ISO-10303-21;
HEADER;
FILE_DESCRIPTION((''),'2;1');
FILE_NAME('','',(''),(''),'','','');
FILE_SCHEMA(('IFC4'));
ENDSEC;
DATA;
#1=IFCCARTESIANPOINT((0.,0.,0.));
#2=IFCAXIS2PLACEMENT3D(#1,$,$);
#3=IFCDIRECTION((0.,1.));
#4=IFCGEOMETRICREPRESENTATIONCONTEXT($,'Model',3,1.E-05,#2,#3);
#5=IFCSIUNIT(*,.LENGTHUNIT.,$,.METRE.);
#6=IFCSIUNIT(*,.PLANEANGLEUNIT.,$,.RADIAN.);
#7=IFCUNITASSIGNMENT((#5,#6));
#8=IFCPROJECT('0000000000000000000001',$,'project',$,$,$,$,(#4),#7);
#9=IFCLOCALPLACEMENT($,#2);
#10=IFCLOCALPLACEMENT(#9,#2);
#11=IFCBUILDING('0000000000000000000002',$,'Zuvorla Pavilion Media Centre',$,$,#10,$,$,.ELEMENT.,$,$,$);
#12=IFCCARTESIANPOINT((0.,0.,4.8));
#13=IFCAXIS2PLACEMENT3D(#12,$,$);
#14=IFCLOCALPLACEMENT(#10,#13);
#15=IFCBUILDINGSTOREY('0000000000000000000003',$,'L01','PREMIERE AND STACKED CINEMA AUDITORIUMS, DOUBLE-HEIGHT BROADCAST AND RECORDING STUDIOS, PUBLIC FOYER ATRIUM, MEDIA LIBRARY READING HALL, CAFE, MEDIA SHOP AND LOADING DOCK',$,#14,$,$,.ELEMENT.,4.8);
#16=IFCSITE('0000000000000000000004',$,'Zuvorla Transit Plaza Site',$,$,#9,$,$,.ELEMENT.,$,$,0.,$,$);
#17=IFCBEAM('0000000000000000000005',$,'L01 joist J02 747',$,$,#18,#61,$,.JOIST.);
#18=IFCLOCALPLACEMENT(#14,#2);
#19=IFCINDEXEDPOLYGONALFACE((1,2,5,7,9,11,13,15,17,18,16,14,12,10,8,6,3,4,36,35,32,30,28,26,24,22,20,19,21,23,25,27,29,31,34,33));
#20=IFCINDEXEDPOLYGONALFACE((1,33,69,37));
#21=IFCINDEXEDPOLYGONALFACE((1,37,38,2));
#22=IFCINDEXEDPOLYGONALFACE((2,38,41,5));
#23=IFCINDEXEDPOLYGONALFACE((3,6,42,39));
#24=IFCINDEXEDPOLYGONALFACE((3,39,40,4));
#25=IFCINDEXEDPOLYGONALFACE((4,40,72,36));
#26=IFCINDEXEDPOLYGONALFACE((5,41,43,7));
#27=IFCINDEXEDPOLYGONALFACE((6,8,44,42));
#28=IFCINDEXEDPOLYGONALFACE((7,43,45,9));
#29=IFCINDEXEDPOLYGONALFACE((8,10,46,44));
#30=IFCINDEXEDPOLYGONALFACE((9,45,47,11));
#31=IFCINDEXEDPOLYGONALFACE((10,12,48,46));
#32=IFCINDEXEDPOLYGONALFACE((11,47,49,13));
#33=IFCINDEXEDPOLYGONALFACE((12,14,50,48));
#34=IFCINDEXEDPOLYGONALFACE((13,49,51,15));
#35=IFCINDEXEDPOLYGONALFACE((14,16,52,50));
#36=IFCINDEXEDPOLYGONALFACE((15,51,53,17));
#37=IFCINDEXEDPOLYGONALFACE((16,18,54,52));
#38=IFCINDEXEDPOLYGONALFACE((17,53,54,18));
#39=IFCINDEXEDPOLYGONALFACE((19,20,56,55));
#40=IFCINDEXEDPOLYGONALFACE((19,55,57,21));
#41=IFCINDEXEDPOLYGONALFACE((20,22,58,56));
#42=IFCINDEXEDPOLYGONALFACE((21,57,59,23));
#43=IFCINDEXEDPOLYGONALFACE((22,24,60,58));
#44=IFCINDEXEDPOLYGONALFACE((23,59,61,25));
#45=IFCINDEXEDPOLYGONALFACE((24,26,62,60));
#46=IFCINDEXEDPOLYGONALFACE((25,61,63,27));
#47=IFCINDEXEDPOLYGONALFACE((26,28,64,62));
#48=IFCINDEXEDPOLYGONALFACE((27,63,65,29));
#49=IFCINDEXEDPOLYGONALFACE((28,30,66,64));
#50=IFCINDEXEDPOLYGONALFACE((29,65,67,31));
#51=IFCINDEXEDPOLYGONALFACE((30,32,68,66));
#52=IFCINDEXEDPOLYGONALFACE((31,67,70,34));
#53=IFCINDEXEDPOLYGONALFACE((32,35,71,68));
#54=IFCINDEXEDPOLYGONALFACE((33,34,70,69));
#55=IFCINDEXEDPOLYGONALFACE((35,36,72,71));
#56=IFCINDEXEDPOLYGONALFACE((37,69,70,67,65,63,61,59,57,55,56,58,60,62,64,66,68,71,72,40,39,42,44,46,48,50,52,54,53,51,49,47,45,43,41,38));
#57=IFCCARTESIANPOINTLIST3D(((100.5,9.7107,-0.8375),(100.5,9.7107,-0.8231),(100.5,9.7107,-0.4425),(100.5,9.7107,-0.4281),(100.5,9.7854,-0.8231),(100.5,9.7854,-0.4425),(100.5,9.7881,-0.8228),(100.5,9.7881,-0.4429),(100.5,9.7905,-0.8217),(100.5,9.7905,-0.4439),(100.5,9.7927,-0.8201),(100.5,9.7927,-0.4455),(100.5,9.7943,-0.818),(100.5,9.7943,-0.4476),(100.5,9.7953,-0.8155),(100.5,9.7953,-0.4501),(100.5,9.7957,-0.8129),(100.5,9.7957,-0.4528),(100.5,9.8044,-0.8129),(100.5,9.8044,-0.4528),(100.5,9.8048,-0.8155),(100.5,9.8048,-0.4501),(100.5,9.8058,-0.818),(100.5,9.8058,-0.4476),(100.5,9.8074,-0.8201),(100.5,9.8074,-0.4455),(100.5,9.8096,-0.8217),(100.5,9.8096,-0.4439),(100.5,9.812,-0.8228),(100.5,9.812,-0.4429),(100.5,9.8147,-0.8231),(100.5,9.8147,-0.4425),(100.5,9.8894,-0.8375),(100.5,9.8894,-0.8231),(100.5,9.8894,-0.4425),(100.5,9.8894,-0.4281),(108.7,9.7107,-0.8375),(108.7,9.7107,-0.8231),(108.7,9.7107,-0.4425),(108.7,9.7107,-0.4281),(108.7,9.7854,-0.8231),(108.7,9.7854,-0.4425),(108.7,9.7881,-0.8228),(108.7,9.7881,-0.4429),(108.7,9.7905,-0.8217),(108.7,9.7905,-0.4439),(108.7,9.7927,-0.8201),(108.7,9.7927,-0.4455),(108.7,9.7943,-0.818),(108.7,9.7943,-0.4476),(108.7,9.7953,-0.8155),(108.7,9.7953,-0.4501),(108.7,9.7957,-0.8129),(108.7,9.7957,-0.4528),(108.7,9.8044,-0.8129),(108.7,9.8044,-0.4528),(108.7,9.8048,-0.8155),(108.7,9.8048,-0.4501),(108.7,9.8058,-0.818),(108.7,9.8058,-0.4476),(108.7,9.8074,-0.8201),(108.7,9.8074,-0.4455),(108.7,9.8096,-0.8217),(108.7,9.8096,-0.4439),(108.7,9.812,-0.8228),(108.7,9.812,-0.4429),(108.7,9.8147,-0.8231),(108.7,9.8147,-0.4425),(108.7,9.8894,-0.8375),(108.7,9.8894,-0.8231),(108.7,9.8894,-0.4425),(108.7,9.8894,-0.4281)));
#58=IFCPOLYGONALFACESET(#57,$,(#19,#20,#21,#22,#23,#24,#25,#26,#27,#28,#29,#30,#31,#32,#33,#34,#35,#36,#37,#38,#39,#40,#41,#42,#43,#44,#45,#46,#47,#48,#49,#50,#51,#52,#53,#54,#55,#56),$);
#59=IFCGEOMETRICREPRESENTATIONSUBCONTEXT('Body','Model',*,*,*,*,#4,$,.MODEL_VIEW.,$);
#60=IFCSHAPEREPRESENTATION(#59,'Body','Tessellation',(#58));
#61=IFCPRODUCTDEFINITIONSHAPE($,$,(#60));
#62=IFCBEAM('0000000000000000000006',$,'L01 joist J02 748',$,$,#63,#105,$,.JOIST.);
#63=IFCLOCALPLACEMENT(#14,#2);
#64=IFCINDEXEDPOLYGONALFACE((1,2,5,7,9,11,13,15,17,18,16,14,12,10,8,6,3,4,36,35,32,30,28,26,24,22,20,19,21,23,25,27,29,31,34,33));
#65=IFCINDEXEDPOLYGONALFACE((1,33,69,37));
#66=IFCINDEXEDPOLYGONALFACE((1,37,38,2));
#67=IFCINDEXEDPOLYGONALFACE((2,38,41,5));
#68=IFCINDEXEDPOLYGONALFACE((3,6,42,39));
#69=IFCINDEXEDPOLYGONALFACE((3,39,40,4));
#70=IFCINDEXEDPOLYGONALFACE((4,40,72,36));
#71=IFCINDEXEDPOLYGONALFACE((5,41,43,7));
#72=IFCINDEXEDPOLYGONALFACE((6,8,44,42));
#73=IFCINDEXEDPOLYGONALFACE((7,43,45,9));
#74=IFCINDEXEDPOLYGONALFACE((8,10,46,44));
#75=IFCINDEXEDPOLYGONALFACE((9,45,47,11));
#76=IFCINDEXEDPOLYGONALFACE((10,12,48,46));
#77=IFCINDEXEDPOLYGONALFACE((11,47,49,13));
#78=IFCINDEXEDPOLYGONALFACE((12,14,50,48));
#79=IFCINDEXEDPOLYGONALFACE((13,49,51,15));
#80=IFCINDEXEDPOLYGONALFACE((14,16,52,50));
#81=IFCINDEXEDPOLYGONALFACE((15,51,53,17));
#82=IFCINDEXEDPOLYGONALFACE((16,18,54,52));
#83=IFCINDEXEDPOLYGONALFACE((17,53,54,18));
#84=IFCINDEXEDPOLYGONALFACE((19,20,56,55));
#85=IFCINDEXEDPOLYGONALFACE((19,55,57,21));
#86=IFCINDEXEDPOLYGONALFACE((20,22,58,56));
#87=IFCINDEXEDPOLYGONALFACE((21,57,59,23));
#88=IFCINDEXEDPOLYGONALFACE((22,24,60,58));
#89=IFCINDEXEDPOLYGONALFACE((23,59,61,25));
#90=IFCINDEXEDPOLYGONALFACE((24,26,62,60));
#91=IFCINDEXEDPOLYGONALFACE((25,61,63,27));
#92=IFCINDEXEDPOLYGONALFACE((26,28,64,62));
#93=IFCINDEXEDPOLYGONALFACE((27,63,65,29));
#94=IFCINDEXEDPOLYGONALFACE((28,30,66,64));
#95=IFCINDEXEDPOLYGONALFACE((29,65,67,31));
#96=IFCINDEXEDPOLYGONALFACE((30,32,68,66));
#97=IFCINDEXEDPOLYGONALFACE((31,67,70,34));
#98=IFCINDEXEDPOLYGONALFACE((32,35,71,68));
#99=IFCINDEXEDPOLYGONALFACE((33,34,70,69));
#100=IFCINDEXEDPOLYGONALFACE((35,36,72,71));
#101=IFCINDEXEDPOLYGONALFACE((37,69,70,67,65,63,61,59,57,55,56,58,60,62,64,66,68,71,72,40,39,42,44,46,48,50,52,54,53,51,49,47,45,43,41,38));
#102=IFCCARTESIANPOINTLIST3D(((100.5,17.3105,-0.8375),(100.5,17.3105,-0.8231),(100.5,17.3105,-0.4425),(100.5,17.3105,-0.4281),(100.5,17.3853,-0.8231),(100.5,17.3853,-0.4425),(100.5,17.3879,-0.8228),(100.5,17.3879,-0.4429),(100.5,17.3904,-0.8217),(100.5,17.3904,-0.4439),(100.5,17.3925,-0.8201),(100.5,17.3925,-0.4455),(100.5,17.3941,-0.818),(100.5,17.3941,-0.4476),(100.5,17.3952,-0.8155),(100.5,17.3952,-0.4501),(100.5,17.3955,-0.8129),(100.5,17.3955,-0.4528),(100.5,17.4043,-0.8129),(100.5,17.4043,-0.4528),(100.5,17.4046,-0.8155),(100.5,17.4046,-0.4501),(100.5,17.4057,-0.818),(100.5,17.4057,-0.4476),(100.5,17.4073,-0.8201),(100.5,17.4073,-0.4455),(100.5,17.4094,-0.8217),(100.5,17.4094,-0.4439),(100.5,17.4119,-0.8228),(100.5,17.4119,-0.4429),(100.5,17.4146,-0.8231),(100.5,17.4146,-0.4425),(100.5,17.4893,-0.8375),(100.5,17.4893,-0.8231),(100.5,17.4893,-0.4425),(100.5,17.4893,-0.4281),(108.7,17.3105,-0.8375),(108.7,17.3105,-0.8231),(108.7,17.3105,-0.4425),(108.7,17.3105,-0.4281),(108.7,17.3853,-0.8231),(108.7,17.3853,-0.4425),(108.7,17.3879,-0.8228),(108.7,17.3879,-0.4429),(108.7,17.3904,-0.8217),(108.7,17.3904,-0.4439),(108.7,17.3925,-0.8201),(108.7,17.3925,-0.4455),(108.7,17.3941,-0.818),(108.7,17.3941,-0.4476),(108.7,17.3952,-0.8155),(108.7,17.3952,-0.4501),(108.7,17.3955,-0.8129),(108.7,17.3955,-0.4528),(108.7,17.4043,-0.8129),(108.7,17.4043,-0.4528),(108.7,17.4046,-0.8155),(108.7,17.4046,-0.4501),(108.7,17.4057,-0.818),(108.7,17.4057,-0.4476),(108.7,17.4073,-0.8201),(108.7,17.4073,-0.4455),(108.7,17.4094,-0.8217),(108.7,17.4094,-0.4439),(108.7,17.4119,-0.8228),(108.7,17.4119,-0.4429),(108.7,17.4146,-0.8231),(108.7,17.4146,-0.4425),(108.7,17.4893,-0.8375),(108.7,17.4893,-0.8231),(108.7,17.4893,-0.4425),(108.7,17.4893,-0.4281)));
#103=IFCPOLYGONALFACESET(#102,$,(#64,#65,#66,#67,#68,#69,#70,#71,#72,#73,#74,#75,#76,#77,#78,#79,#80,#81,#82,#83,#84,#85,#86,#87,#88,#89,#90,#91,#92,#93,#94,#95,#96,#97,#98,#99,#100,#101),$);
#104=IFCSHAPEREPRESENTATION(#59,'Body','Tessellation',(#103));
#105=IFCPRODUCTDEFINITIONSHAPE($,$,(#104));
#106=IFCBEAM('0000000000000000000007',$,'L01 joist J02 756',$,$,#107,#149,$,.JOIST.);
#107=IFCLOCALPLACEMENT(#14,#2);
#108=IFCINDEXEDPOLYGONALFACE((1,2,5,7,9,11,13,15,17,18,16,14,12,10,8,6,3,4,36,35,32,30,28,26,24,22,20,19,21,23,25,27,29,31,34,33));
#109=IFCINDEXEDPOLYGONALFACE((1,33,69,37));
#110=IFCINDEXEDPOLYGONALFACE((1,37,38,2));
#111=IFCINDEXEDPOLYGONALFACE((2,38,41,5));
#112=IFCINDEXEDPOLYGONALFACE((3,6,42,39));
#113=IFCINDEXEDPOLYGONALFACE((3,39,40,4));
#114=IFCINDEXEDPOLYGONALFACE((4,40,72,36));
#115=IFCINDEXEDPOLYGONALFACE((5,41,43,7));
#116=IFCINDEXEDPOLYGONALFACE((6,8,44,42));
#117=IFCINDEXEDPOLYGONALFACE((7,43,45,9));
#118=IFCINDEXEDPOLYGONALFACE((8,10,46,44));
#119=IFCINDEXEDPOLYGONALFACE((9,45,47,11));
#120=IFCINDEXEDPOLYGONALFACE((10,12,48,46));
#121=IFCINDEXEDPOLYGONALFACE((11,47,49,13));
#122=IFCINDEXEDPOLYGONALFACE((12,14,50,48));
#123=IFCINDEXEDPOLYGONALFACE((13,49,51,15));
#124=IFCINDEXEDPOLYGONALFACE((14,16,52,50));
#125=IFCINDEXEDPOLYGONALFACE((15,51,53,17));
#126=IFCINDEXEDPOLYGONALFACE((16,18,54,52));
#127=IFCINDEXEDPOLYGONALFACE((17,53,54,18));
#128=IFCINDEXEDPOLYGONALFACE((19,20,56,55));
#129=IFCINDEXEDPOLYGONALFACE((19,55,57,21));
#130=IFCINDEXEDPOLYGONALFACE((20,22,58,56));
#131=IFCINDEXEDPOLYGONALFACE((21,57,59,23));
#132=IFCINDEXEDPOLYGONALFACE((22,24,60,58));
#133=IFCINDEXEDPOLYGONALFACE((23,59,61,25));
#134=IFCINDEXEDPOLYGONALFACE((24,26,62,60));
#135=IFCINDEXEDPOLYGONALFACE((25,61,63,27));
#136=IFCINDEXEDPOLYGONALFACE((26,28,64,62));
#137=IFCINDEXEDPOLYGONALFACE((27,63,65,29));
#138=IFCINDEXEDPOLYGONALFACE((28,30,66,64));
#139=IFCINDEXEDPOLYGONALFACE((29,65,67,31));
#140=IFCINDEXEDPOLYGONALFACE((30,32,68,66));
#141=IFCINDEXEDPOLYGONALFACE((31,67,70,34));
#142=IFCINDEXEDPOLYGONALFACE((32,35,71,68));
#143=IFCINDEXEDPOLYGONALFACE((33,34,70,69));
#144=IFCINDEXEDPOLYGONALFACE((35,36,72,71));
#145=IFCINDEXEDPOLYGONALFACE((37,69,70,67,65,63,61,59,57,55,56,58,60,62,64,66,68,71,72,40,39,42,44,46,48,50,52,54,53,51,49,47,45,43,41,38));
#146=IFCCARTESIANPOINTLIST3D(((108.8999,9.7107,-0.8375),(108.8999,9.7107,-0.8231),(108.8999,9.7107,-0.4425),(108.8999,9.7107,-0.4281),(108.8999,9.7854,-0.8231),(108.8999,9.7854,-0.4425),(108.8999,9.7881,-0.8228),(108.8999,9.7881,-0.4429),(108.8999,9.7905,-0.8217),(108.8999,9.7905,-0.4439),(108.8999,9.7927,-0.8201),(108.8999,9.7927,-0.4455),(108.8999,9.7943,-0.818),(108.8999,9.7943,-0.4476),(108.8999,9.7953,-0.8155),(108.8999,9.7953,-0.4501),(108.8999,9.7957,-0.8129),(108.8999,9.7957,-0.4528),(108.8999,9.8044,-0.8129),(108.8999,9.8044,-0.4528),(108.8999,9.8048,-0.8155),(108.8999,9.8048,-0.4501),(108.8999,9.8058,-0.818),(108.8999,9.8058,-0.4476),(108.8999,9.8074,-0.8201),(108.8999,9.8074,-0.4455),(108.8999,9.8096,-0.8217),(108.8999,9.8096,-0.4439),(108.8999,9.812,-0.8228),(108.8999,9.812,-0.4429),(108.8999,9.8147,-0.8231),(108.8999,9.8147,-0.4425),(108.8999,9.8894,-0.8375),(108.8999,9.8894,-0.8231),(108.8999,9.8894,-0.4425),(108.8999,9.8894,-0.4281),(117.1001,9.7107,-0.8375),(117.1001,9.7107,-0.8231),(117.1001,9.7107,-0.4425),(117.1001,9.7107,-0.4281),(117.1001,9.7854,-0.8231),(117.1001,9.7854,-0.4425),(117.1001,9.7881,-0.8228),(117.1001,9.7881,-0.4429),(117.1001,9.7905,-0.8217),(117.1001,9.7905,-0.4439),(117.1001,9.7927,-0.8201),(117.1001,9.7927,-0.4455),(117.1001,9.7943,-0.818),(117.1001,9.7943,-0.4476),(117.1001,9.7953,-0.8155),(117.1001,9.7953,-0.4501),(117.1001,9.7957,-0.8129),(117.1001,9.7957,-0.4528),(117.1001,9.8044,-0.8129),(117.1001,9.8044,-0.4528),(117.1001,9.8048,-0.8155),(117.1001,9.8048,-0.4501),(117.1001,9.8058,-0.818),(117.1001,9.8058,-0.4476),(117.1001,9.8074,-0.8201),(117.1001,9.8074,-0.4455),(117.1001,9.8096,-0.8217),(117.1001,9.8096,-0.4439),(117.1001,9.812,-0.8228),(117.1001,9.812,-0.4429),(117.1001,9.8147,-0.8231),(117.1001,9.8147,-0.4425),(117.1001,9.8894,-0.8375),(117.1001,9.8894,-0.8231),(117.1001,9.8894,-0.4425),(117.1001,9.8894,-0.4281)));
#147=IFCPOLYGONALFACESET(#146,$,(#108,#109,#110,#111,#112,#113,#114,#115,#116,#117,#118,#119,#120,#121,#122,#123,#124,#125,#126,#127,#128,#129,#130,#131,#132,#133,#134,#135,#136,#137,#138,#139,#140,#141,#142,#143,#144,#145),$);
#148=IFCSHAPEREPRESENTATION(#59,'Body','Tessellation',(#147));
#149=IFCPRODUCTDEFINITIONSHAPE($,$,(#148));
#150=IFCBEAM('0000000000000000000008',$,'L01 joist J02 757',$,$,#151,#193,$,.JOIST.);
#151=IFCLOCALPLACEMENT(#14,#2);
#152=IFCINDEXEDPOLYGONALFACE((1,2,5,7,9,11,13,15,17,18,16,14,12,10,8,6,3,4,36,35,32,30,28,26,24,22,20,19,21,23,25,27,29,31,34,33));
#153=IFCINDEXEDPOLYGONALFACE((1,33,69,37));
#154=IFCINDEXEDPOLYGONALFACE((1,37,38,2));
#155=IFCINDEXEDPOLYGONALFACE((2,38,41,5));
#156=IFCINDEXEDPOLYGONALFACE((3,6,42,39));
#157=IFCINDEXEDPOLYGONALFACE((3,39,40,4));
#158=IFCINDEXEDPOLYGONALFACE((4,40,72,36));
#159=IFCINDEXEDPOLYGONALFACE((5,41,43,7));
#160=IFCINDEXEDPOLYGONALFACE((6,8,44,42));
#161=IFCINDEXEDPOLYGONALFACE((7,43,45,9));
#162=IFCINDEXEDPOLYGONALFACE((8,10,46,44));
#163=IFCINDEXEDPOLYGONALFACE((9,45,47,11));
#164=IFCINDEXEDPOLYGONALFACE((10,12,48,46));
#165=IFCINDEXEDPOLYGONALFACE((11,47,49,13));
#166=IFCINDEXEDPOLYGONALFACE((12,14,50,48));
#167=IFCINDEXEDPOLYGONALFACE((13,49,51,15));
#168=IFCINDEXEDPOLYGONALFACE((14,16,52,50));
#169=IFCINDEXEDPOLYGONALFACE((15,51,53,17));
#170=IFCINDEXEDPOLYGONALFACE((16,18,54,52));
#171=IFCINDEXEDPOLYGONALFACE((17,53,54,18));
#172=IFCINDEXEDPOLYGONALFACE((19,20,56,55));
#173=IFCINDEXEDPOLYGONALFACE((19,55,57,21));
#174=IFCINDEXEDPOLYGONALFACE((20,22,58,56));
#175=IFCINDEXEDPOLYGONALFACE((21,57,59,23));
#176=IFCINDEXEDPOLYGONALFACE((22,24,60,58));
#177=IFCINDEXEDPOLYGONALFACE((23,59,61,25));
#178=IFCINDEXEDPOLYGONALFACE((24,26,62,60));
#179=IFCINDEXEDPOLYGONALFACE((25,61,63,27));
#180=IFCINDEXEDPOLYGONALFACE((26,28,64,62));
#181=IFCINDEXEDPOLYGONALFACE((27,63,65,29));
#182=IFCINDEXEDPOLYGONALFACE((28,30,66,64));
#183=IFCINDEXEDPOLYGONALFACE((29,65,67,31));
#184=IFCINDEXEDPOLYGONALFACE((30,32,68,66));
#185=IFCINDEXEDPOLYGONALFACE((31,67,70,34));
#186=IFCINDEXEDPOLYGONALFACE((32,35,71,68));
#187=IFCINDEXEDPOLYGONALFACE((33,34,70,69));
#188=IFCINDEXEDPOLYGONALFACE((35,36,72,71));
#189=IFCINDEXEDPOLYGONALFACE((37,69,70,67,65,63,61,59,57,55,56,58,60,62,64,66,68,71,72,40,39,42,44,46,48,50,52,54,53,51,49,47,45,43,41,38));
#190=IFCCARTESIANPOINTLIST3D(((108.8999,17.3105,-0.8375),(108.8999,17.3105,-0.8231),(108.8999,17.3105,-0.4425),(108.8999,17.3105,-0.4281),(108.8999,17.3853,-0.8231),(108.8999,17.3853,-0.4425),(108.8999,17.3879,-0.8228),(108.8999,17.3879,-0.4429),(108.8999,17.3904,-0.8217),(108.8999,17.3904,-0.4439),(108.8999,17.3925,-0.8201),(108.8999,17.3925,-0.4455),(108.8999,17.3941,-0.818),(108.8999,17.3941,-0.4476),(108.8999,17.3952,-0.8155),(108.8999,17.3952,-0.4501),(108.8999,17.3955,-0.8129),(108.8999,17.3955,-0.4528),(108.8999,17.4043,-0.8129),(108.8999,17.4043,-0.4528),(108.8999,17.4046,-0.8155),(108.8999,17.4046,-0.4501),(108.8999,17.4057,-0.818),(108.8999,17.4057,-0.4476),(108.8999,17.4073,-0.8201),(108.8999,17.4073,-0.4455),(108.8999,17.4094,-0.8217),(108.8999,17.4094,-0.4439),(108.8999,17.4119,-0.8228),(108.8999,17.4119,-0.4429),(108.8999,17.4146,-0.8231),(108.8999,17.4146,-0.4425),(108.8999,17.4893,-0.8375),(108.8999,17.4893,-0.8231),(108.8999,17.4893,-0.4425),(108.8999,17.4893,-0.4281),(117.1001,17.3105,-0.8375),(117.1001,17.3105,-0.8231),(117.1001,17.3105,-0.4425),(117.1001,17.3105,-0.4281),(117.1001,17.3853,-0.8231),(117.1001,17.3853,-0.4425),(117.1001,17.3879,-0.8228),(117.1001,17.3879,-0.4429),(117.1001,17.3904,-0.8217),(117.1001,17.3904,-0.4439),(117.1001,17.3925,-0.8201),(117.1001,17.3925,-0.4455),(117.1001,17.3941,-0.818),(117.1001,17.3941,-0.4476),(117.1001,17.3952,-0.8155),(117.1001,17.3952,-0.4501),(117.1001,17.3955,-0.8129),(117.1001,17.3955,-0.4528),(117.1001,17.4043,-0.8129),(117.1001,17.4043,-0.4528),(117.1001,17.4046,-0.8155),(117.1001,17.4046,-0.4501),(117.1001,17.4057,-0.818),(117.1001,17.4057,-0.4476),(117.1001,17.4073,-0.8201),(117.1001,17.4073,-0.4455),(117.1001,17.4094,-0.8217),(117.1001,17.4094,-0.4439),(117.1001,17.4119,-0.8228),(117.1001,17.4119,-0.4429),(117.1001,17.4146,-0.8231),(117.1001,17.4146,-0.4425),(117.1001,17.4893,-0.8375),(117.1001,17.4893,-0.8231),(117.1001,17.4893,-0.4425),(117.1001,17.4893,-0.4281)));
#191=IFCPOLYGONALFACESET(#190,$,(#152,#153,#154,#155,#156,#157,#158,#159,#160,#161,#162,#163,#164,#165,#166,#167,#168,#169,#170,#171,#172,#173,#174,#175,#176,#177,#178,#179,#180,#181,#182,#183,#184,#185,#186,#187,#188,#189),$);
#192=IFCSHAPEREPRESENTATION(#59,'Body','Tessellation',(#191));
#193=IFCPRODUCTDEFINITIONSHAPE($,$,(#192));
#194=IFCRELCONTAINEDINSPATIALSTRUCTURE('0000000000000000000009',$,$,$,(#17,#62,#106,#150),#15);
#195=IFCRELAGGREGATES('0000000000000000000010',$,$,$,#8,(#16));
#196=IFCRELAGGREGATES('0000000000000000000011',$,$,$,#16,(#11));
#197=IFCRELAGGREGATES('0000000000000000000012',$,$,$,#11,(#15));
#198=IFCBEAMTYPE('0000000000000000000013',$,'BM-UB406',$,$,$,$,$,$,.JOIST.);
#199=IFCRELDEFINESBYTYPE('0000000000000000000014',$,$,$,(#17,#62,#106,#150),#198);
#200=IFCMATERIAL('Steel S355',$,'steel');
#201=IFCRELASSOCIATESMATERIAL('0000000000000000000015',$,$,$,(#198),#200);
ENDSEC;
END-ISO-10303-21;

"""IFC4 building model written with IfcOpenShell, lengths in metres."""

from ifc_helpers import new_model, si_unit, direction, frame, origin, origin_2d, place, context, subcontext, project, spatial, i_section, extrude, material, material_profile, profile_set, type_object, element, save


model = new_model("IFC4")

# Units and contexts
model_context = context("Model", 3, precision=1e-05, world=origin(), true_north=direction((0.0, 1.0)))
body_context = subcontext(model_context, "Body", "Model", "MODEL_VIEW")
ifc_project = project(units=[si_unit("LENGTHUNIT", "METRE"), si_unit("PLANEANGLEUNIT", "RADIAN")], contexts=[model_context])

# Site, building, storey
site_placement = place(None, origin())
site = spatial("IfcSite", under=ifc_project, at=site_placement, Name="Zuvorla Transit Plaza Site", CompositionType="ELEMENT", RefElevation=0.0)
building_placement = place(site_placement, origin())
building = spatial("IfcBuilding", under=site, at=building_placement, Name="Zuvorla Pavilion Media Centre", CompositionType="ELEMENT")
storey_placement = place(building_placement, frame((0.0, 0.0, 4.8)))
storey = spatial("IfcBuildingStorey", under=building, at=storey_placement, Name="L01", Description="PREMIERE AND STACKED CINEMA AUDITORIUMS, DOUBLE-HEIGHT BROADCAST AND RECORDING STUDIOS, PUBLIC FOYER ATRIUM, MEDIA LIBRARY READING HALL, CAFE, MEDIA SHOP AND LOADING DOCK", CompositionType="ELEMENT", Elevation=4.8)

# Shared definitions
ifc_material_1 = material(Name="Steel S355", Category="steel")

# Beams
ifc_material_profile_1 = material_profile(ifc_material_1, i_section(OverallWidth=0.1787, OverallDepth=0.4094, WebThickness=0.0088, FlangeThickness=0.0144, FilletRadius=0.0103, at=origin_2d()), Name="UB 406x178x67")
ifc_profile_set_1 = profile_set([ifc_material_profile_1], Name="Steel S355")
beam_type_1 = type_object("IfcBeamType", Name="BM-UB406", PredefinedType="JOIST", material=ifc_profile_set_1)
for number, where, z_axis, x_axis, name in (
    (1, (100.5, 9.8, -0.6328), (1.0, 0.0, 0.0), (0.0, 1.0, 0.0), "L01 joist J02 747"),
    (2, (100.5, 17.3999, -0.6328), (1.0, 0.0, 0.0), (0.0, 1.0, 0.0), "L01 joist J02 748"),
):
    element("IfcBeam", number, at=place(storey_placement, frame(where, z_axis=z_axis, x_axis=x_axis)), inside=storey, type_object=beam_type_1, Name=name, PredefinedType="JOIST", context=body_context, shape_type="SweptSolid", body=[
        extrude(i_section(OverallWidth=0.1787, OverallDepth=0.4094, WebThickness=0.0088, FlangeThickness=0.0144, FilletRadius=0.0103, at=origin_2d()), origin(), (0.0, 0.0, 1.0), 8.2),
    ])
for number, where, z_axis, x_axis, name in (
    (3, (108.8999, 9.8, -0.6328), (1.0, 0.0, 0.0), (0.0, 1.0, 0.0), "L01 joist J02 756"),
    (4, (108.8999, 17.3999, -0.6328), (1.0, 0.0, 0.0), (0.0, 1.0, 0.0), "L01 joist J02 757"),
):
    element("IfcBeam", number, at=place(storey_placement, frame(where, z_axis=z_axis, x_axis=x_axis)), inside=storey, type_object=beam_type_1, Name=name, PredefinedType="JOIST", context=body_context, shape_type="SweptSolid", body=[
        extrude(i_section(OverallWidth=0.1787, OverallDepth=0.4094, WebThickness=0.0088, FlangeThickness=0.0144, FilletRadius=0.0103, at=origin_2d()), origin(), (0.0, 0.0, 1.0), 8.2002),
    ])

save(model, "model.ifc")
